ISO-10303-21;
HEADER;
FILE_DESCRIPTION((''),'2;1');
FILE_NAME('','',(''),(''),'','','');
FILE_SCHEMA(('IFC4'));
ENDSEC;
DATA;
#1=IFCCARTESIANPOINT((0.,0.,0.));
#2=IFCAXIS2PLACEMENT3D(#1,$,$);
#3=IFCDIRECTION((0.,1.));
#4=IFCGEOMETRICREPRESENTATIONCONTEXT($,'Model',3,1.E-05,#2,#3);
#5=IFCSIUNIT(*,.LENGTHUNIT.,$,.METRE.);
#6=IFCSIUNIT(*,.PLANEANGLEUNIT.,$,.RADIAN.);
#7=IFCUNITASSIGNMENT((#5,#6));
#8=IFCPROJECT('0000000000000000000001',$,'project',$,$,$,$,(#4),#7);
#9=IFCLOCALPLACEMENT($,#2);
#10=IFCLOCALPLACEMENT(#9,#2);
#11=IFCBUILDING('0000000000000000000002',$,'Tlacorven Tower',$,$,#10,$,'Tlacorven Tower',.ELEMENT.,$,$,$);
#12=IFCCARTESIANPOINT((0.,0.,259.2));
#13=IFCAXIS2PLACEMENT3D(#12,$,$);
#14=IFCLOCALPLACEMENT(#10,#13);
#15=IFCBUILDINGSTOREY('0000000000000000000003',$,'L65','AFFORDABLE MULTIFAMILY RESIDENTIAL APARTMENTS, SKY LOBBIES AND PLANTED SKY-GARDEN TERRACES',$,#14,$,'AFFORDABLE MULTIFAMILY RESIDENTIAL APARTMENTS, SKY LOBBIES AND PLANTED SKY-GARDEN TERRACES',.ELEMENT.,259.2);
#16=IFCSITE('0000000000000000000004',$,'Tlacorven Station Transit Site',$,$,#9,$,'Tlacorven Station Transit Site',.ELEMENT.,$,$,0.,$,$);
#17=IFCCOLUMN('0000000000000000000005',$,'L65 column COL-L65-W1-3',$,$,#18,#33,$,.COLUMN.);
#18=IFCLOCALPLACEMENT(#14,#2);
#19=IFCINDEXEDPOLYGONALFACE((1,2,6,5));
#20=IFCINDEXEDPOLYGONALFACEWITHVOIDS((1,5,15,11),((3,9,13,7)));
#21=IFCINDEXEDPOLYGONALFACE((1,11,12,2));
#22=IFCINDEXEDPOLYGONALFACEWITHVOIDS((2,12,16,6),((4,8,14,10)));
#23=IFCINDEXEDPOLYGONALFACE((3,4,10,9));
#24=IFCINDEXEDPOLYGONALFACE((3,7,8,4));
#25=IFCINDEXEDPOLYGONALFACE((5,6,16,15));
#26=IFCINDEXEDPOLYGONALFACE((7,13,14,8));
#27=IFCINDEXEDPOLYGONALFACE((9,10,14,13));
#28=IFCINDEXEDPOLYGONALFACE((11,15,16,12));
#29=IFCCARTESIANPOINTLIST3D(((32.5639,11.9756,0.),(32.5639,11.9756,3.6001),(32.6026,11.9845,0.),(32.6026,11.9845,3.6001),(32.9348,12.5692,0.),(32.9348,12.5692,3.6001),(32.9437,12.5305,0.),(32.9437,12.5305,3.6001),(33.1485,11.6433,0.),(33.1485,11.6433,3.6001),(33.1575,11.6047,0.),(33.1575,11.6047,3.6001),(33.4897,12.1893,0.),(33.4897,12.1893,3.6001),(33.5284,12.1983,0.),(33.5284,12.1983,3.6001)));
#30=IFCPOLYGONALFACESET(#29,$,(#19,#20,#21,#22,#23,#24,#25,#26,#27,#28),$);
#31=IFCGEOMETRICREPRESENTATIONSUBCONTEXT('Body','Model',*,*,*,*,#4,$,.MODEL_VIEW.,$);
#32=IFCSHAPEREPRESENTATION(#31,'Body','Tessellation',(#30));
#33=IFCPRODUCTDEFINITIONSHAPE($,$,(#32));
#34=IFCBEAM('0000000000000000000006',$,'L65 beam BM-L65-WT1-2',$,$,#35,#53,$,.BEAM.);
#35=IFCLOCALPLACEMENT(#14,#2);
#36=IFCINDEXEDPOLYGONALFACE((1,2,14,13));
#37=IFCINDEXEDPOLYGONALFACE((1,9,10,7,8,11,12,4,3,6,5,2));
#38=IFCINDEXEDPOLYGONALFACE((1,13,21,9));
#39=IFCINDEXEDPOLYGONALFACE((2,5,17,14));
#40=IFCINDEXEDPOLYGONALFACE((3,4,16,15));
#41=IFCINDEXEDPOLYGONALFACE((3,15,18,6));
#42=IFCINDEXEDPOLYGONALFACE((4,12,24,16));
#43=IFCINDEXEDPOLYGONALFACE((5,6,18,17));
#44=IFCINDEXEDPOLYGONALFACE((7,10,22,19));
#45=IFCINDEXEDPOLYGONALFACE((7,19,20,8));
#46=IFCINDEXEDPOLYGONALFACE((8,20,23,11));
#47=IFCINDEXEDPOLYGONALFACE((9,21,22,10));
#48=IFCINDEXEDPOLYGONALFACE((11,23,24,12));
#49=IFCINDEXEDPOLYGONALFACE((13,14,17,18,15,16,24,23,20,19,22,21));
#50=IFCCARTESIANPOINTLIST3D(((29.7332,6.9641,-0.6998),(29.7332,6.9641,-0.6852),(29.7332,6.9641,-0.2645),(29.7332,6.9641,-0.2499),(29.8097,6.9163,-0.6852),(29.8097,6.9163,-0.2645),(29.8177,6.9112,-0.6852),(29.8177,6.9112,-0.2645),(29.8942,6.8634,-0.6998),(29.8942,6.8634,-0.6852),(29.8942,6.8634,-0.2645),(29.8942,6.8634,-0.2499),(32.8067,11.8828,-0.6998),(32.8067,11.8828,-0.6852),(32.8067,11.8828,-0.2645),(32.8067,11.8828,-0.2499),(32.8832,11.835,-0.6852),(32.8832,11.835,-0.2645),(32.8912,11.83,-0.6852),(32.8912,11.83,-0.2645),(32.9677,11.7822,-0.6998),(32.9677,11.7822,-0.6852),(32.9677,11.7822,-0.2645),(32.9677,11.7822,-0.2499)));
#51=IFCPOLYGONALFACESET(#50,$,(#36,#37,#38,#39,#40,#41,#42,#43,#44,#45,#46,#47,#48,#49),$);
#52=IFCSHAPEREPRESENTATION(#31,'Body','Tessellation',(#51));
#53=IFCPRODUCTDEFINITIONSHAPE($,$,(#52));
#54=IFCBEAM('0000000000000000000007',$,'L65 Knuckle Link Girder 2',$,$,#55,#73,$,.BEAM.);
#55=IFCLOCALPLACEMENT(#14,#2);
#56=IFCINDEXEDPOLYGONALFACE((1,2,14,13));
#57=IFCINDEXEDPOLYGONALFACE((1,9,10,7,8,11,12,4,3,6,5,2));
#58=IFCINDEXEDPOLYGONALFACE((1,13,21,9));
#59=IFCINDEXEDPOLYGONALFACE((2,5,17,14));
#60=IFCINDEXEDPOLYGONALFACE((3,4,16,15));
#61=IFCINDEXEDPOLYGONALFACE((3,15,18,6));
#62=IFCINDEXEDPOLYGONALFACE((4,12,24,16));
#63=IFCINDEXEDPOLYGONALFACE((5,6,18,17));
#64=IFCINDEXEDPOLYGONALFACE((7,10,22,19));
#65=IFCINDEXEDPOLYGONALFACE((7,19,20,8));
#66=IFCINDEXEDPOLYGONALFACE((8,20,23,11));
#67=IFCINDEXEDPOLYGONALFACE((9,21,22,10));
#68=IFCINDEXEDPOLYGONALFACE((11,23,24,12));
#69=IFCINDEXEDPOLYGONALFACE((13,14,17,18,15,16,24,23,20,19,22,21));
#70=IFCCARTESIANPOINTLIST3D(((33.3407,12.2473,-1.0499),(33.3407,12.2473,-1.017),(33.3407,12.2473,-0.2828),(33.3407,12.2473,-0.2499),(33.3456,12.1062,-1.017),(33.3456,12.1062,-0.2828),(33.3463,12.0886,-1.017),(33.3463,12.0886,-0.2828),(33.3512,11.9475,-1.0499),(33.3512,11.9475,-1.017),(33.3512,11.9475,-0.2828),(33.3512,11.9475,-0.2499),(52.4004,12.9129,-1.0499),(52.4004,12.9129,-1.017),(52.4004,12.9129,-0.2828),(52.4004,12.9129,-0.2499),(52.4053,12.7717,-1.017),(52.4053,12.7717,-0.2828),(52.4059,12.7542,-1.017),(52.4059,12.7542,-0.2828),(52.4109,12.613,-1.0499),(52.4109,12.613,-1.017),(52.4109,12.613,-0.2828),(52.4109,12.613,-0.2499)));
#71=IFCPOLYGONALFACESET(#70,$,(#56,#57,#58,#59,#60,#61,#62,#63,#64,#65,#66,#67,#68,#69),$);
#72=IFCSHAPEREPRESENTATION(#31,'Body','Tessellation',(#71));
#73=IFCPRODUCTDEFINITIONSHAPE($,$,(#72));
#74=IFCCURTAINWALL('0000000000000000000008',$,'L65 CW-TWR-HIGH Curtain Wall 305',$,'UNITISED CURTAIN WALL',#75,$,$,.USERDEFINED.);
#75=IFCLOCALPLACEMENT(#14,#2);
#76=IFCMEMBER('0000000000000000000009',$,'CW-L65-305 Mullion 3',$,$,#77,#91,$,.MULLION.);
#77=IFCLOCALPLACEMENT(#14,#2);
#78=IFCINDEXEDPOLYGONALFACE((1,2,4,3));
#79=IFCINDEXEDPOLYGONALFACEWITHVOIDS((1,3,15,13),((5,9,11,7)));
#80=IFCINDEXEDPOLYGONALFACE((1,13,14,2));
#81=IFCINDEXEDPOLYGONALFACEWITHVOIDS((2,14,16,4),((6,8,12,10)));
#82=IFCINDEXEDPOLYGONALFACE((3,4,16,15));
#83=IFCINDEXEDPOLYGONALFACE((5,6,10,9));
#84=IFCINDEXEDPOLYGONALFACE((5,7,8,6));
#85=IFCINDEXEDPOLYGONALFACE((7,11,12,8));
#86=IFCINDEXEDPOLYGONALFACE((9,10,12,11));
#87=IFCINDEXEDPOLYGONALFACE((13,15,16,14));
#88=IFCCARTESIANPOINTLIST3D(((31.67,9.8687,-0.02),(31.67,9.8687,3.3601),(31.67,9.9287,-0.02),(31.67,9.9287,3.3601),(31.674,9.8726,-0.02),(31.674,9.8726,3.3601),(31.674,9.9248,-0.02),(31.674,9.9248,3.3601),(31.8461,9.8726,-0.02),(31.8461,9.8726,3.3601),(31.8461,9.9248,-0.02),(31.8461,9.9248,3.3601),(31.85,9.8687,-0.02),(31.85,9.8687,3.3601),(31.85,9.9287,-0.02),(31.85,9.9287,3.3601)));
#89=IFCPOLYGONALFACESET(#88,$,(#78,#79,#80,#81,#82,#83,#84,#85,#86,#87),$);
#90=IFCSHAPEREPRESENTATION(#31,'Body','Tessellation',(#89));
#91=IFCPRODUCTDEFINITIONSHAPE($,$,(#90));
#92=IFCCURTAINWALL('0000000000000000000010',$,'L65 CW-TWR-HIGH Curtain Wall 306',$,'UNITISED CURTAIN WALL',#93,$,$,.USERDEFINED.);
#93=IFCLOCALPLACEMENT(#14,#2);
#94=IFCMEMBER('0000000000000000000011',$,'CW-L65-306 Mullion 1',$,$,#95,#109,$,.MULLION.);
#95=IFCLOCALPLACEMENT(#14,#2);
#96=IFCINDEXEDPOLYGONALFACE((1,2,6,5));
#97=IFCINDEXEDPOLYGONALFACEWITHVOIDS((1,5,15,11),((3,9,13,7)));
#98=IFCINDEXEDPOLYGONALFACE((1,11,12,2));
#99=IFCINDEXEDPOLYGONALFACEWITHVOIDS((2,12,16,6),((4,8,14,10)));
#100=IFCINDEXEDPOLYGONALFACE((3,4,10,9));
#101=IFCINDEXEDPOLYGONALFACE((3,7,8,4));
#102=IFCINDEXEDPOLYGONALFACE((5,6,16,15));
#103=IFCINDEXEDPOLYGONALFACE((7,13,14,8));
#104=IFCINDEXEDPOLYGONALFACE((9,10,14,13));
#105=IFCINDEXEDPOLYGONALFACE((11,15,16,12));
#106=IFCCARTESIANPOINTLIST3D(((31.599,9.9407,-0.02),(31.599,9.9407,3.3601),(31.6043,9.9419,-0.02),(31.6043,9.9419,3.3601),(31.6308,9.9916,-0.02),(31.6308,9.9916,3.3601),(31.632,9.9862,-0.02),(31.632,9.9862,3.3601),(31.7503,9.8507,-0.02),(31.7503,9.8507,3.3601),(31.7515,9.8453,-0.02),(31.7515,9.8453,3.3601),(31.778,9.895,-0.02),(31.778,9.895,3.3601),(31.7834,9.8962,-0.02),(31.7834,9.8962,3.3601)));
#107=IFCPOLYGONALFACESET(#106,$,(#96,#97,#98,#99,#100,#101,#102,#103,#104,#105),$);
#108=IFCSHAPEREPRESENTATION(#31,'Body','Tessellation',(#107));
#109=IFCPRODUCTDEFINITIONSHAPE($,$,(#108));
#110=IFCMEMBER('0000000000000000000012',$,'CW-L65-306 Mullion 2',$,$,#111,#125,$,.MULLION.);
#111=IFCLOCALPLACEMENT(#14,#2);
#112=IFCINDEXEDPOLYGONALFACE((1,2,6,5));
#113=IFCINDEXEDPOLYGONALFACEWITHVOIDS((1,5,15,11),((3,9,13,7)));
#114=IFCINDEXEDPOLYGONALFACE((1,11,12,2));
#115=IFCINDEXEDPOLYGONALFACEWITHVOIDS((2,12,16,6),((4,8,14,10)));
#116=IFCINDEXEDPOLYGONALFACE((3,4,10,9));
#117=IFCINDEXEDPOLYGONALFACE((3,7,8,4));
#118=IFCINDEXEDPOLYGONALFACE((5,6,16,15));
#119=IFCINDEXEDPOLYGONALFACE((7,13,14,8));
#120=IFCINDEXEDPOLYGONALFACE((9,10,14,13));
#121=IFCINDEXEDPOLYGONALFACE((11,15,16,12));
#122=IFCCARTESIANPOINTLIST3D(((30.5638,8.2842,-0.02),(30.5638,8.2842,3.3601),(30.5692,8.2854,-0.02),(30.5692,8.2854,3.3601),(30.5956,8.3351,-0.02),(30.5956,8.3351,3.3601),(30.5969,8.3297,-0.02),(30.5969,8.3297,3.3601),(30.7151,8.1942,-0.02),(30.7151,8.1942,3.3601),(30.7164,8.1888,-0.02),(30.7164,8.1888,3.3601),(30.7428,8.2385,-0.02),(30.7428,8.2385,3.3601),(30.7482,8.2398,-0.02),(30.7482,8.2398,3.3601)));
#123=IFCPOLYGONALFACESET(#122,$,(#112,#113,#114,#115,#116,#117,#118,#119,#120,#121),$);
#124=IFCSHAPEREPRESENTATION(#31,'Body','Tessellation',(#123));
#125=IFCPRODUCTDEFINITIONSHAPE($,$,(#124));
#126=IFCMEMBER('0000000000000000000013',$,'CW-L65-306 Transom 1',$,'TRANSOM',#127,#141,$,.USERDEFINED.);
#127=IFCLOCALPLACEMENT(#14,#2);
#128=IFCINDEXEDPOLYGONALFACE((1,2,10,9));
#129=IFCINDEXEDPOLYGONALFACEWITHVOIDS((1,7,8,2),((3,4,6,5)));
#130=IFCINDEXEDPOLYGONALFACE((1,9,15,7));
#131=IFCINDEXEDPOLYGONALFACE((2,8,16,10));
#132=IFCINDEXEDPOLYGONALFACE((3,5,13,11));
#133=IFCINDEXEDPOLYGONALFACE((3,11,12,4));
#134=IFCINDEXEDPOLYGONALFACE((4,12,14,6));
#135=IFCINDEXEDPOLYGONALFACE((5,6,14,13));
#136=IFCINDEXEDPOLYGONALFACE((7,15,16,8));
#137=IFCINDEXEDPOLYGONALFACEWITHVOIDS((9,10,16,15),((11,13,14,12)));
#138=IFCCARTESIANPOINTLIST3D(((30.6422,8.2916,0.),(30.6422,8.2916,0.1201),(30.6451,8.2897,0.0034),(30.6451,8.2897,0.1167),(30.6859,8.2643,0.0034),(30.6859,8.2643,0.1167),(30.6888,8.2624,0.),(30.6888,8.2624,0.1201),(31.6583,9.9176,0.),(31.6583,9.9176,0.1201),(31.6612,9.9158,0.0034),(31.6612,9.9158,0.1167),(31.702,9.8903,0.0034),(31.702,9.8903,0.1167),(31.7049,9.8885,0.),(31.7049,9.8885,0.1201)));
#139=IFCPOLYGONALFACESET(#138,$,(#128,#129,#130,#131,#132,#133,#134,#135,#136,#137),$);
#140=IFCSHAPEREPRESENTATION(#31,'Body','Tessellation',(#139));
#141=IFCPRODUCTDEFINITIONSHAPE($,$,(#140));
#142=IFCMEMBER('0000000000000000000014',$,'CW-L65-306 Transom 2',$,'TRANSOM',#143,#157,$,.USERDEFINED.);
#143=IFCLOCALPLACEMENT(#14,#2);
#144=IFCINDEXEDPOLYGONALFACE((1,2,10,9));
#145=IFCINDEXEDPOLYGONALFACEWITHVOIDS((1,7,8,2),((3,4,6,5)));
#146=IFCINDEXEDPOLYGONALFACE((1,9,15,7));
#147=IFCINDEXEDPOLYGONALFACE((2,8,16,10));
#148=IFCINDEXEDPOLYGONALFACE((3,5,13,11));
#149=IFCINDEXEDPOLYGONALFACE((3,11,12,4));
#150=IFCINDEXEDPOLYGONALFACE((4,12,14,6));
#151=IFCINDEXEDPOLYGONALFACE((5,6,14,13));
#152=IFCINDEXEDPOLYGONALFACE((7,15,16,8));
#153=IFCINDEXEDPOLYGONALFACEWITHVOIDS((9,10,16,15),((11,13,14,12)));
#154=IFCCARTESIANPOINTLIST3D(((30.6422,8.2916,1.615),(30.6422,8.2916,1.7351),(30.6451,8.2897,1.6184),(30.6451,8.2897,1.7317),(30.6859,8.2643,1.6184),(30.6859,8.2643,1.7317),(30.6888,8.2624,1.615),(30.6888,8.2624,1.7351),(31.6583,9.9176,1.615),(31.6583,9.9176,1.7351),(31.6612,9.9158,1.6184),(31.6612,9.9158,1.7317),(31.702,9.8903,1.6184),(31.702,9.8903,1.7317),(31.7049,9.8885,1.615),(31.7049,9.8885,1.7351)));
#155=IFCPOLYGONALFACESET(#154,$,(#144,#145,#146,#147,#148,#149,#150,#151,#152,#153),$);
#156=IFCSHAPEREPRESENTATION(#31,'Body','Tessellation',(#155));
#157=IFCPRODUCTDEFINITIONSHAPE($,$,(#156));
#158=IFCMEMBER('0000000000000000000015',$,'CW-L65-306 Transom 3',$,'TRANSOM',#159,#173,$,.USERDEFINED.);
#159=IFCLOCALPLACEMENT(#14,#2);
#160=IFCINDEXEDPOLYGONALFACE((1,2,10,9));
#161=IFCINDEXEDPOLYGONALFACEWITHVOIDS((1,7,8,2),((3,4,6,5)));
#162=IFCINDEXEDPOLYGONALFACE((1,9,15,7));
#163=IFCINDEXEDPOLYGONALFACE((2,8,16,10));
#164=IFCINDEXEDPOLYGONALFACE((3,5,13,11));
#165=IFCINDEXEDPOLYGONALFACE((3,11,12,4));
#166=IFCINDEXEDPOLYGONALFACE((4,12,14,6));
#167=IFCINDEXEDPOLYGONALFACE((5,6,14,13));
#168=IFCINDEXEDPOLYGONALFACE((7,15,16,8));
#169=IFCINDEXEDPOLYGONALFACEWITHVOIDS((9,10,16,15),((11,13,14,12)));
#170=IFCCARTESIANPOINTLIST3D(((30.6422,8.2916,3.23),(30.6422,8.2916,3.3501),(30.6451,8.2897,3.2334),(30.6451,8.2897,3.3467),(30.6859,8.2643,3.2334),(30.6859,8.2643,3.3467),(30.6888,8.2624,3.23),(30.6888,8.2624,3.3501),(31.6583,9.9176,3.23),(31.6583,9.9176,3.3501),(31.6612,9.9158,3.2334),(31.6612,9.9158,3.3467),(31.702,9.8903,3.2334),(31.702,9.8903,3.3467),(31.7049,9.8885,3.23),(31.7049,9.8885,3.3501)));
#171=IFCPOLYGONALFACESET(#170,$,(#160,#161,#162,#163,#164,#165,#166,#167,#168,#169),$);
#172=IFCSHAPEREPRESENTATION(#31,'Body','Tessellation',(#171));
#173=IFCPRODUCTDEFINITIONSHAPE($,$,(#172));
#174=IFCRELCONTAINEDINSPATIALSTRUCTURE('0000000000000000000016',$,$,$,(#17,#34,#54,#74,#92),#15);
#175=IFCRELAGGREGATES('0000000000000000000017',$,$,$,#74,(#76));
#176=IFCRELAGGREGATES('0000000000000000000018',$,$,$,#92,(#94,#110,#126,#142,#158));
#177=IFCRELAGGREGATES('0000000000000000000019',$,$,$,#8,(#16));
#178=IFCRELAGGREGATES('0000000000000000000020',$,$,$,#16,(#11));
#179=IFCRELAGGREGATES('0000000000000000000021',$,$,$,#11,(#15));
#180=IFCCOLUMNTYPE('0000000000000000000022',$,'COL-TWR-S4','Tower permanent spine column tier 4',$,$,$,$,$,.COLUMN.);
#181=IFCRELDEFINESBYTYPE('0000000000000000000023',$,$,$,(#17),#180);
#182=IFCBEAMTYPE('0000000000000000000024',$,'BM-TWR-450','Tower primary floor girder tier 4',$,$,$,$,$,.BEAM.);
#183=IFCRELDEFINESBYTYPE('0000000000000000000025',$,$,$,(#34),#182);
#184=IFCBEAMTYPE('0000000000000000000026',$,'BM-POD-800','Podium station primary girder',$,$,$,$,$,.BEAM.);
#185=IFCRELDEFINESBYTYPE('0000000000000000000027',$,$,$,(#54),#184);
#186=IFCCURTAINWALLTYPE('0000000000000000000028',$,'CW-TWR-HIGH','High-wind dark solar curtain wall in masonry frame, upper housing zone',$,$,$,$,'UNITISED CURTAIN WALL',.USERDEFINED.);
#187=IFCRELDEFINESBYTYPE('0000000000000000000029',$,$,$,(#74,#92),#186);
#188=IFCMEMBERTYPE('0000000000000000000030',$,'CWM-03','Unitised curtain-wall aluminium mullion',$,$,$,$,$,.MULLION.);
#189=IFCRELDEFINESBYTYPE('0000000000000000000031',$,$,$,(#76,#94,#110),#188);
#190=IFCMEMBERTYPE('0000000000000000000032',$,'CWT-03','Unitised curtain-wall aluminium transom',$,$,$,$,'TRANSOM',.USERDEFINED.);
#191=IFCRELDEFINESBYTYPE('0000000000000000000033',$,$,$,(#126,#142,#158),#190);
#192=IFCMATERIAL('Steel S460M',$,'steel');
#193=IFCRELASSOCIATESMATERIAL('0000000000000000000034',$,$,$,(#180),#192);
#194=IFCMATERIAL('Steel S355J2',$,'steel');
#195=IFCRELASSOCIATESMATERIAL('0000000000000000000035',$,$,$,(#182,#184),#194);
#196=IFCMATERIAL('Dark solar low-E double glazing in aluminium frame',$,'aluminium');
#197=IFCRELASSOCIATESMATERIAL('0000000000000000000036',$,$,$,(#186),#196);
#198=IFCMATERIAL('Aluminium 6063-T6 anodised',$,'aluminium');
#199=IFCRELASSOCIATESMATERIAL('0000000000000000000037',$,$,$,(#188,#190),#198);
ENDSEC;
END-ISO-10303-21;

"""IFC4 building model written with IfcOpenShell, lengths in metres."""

from ifc_helpers import new_model, si_unit, direction, frame, origin, origin_2d, place, context, subcontext, project, spatial, hollow_rectangle, i_section, extrude, source, transform, mapped, material, material_profile, profile_set, type_object, element, aggregate, save


model = new_model("IFC4")

# Units and contexts
model_context = context("Model", 3, precision=1e-05, world=origin(), true_north=direction((0.0, 1.0)))
body_context = subcontext(model_context, "Body", "Model", "MODEL_VIEW")
ifc_project = project(units=[si_unit("LENGTHUNIT", "METRE"), si_unit("PLANEANGLEUNIT", "RADIAN")], contexts=[model_context])

# Site, building, storey
site_placement = place(None, origin())
site = spatial("IfcSite", under=ifc_project, at=site_placement, Name="Tlacorven Station Transit Site", LongName="Tlacorven Station Transit Site", CompositionType="ELEMENT", RefElevation=0.0)
building_placement = place(site_placement, origin())
building = spatial("IfcBuilding", under=site, at=building_placement, Name="Tlacorven Tower", LongName="Tlacorven Tower", CompositionType="ELEMENT")
storey_placement = place(building_placement, frame((0.0, 0.0, 259.2)))
storey = spatial("IfcBuildingStorey", under=building, at=storey_placement, Name="L65", Description="AFFORDABLE MULTIFAMILY RESIDENTIAL APARTMENTS, SKY LOBBIES AND PLANTED SKY-GARDEN TERRACES", LongName="AFFORDABLE MULTIFAMILY RESIDENTIAL APARTMENTS, SKY LOBBIES AND PLANTED SKY-GARDEN TERRACES", CompositionType="ELEMENT", Elevation=259.2)

# Column
ifc_material_1 = material(Name="Steel S460M", Category="steel")
ifc_material_profile_1 = material_profile(ifc_material_1, hollow_rectangle(XDim=0.7, YDim=0.7, WallThickness=0.0281, at=origin_2d()), Name="BOX 700X700X28")
ifc_profile_set_1 = profile_set([ifc_material_profile_1], Name="Steel S460M")
column_type = type_object("IfcColumnType", Name="COL-TWR-S4", Description="Tower permanent spine column tier 4", PredefinedType="COLUMN", material=ifc_profile_set_1)
shared_shape_1 = source(origin(), body_context, "Body", "SweptSolid", [
    extrude(hollow_rectangle(XDim=0.7, YDim=0.7, WallThickness=0.0281, at=origin_2d()), origin(), (0.0, 0.0, 1.0), 3.6001),
])
column_placement = place(storey_placement, frame((33.0461, 12.0869, 0.0), z_axis=(0.0, 0.0, 1.0), x_axis=(-0.848048, 0.529919, 0.0)))
element("IfcColumn", 1, at=column_placement, inside=storey, type_object=column_type, Name="L65 column COL-L65-W1-3", PredefinedType="COLUMN", context=body_context, shape_type="MappedRepresentation", body=[
    mapped(shared_shape_1, transform((0.0, 0.0, 0.0), scale=1.0)),
])

# Beams
ifc_material_2 = material(Name="Steel S355J2", Category="steel")
ifc_material_profile_2 = material_profile(ifc_material_2, i_section(OverallWidth=0.1899, OverallDepth=0.45, WebThickness=0.0095, FlangeThickness=0.0146, at=origin_2d()), Name="IPE 450")
ifc_profile_set_2 = profile_set([ifc_material_profile_2], Name="Steel S355J2")
beam_type_1 = type_object("IfcBeamType", Name="BM-TWR-450", Description="Tower primary floor girder tier 4", PredefinedType="BEAM", material=ifc_profile_set_2)
shared_shape_2 = source(origin(), body_context, "Body", "SweptSolid", [
    extrude(i_section(OverallWidth=0.1899, OverallDepth=0.45, WebThickness=0.0095, FlangeThickness=0.0146, at=origin_2d()), origin(), (0.0, 0.0, 1.0), 5.8),
])
beam_1_placement = place(storey_placement, frame((32.8872, 11.8325, -0.4749), z_axis=(-0.529912, -0.848053, 0.0), x_axis=(0.848053, -0.529912, 0.0)))
element("IfcBeam", 2, at=beam_1_placement, inside=storey, type_object=beam_type_1, Name="L65 beam BM-L65-WT1-2", PredefinedType="BEAM", context=body_context, shape_type="MappedRepresentation", body=[
    mapped(shared_shape_2, transform((0.0, 0.0, 0.0), scale=1.0)),
])
ifc_material_profile_3 = material_profile(ifc_material_2, i_section(OverallWidth=0.3, OverallDepth=0.8, WebThickness=0.0176, FlangeThickness=0.033, at=origin_2d()), Name="HEB 800")
ifc_profile_set_3 = profile_set([ifc_material_profile_3], Name="Steel S355J2")
beam_type_2 = type_object("IfcBeamType", Name="BM-POD-800", Description="Podium station primary girder", PredefinedType="BEAM", material=ifc_profile_set_3)
shared_shape_3 = source(origin(), body_context, "Body", "SweptSolid", [
    extrude(i_section(OverallWidth=0.3, OverallDepth=0.8, WebThickness=0.0176, FlangeThickness=0.033, at=origin_2d()), origin(), (0.0, 0.0, 1.0), 19.0713),
])
beam_2_placement = place(storey_placement, frame((33.3459, 12.0974, -0.6499), z_axis=(0.999391, 0.034897, 0.0), x_axis=(-0.034897, 0.999391, 0.0)))
element("IfcBeam", 3, at=beam_2_placement, inside=storey, type_object=beam_type_2, Name="L65 Knuckle Link Girder 2", PredefinedType="BEAM", context=body_context, shape_type="MappedRepresentation", body=[
    mapped(shared_shape_3, transform((0.0, 0.0, 0.0), scale=1.0)),
])

# Curtain wall, member
ifc_material_3 = material(Name="Dark solar low-E double glazing in aluminium frame", Category="aluminium")
curtain_wall_type = type_object("IfcCurtainWallType", Name="CW-TWR-HIGH", Description="High-wind dark solar curtain wall in masonry frame, upper housing zone", ElementType="UNITISED CURTAIN WALL", PredefinedType="USERDEFINED", material=ifc_material_3)
curtain_wall_1_placement = place(storey_placement, origin())
curtain_wall_1 = element("IfcCurtainWall", 4, at=curtain_wall_1_placement, inside=storey, type_object=curtain_wall_type, Name="L65 CW-TWR-HIGH Curtain Wall 305", ObjectType="UNITISED CURTAIN WALL", PredefinedType="USERDEFINED")
ifc_material_4 = material(Name="Aluminium 6063-T6 anodised", Category="aluminium")
ifc_material_profile_4 = material_profile(ifc_material_4, hollow_rectangle(XDim=0.0601, YDim=0.1799, WallThickness=0.0039, at=origin_2d()), Name="ALU MULLION 60X180")
ifc_profile_set_4 = profile_set([ifc_material_profile_4], Name="Aluminium 6063-T6 anodised")
member_type_1 = type_object("IfcMemberType", Name="CWM-03", Description="Unitised curtain-wall aluminium mullion", PredefinedType="MULLION", material=ifc_profile_set_4)
shared_shape_4 = source(origin(), body_context, "Body", "SweptSolid", [
    extrude(hollow_rectangle(XDim=0.0601, YDim=0.1799, WallThickness=0.0039, at=origin_2d()), origin(), (0.0, 0.0, 1.0), 3.3801),
])
member_1_placement = place(storey_placement, frame((31.76, 9.8987, -0.02), z_axis=(0.0, 0.0, 1.0), x_axis=(0.0, 1.0, 0.0)))
member_1 = element("IfcMember", 5, at=member_1_placement, type_object=member_type_1, Name="CW-L65-305 Mullion 3", PredefinedType="MULLION", context=body_context, shape_type="MappedRepresentation", body=[
    mapped(shared_shape_4, transform((0.0, 0.0, 0.0), scale=1.0)),
])

# Curtain wall, members
curtain_wall_2_placement = place(storey_placement, origin())
curtain_wall_2 = element("IfcCurtainWall", 6, at=curtain_wall_2_placement, inside=storey, type_object=curtain_wall_type, Name="L65 CW-TWR-HIGH Curtain Wall 306", ObjectType="UNITISED CURTAIN WALL", PredefinedType="USERDEFINED")
member_2_placement = place(storey_placement, frame((31.6912, 9.9185, -0.02), z_axis=(0.0, 0.0, 1.0), x_axis=(-0.529919, -0.848048, 0.0)))
member_2 = element("IfcMember", 7, at=member_2_placement, type_object=member_type_1, Name="CW-L65-306 Mullion 1", PredefinedType="MULLION", context=body_context, shape_type="MappedRepresentation", body=[
    mapped(shared_shape_4, transform((0.0, 0.0, 0.0), scale=1.0)),
])
member_3_placement = place(storey_placement, frame((30.656, 8.262, -0.02), z_axis=(0.0, 0.0, 1.0), x_axis=(-0.529919, -0.848048, 0.0)))
member_3 = element("IfcMember", 8, at=member_3_placement, type_object=member_type_1, Name="CW-L65-306 Mullion 2", PredefinedType="MULLION", context=body_context, shape_type="MappedRepresentation", body=[
    mapped(shared_shape_4, transform((0.0, 0.0, 0.0), scale=1.0)),
])
ifc_material_profile_5 = material_profile(ifc_material_4, hollow_rectangle(XDim=0.0549, YDim=0.1201, WallThickness=0.0034, at=origin_2d()), Name="ALU TRANSOM 55X120")
ifc_profile_set_5 = profile_set([ifc_material_profile_5], Name="Aluminium 6063-T6 anodised")
member_type_2 = type_object("IfcMemberType", Name="CWT-03", Description="Unitised curtain-wall aluminium transom", ElementType="TRANSOM", PredefinedType="USERDEFINED", material=ifc_profile_set_5)
shared_shape_5 = source(origin(), body_context, "Body", "SweptSolid", [
    extrude(hollow_rectangle(XDim=0.0549, YDim=0.1201, WallThickness=0.0034, at=origin_2d()), origin(), (0.0, 0.0, 1.0), 1.9175),
])
member_4_placement = place(storey_placement, frame((31.6816, 9.9031, 0.0601), z_axis=(-0.529953, -0.848027, 0.0), x_axis=(0.848027, -0.529953, 0.0)))
member_4 = element("IfcMember", 9, at=member_4_placement, type_object=member_type_2, Name="CW-L65-306 Transom 1", ObjectType="TRANSOM", PredefinedType="USERDEFINED", context=body_context, shape_type="MappedRepresentation", body=[
    mapped(shared_shape_5, transform((0.0, 0.0, 0.0), scale=1.0)),
])
member_5_placement = place(storey_placement, frame((31.6816, 9.9031, 1.675), z_axis=(-0.529953, -0.848027, 0.0), x_axis=(0.848027, -0.529953, 0.0)))
member_5 = element("IfcMember", 10, at=member_5_placement, type_object=member_type_2, Name="CW-L65-306 Transom 2", ObjectType="TRANSOM", PredefinedType="USERDEFINED", context=body_context, shape_type="MappedRepresentation", body=[
    mapped(shared_shape_5, transform((0.0, 0.0, 0.0), scale=1.0)),
])
member_6_placement = place(storey_placement, frame((31.6816, 9.9031, 3.29), z_axis=(-0.529953, -0.848027, 0.0), x_axis=(0.848027, -0.529953, 0.0)))
member_6 = element("IfcMember", 11, at=member_6_placement, type_object=member_type_2, Name="CW-L65-306 Transom 3", ObjectType="TRANSOM", PredefinedType="USERDEFINED", context=body_context, shape_type="MappedRepresentation", body=[
    mapped(shared_shape_5, transform((0.0, 0.0, 0.0), scale=1.0)),
])

aggregate(curtain_wall_1, [member_1])
aggregate(curtain_wall_2, [member_2, member_3, member_4, member_5, member_6])

save(model, "model.ifc")
